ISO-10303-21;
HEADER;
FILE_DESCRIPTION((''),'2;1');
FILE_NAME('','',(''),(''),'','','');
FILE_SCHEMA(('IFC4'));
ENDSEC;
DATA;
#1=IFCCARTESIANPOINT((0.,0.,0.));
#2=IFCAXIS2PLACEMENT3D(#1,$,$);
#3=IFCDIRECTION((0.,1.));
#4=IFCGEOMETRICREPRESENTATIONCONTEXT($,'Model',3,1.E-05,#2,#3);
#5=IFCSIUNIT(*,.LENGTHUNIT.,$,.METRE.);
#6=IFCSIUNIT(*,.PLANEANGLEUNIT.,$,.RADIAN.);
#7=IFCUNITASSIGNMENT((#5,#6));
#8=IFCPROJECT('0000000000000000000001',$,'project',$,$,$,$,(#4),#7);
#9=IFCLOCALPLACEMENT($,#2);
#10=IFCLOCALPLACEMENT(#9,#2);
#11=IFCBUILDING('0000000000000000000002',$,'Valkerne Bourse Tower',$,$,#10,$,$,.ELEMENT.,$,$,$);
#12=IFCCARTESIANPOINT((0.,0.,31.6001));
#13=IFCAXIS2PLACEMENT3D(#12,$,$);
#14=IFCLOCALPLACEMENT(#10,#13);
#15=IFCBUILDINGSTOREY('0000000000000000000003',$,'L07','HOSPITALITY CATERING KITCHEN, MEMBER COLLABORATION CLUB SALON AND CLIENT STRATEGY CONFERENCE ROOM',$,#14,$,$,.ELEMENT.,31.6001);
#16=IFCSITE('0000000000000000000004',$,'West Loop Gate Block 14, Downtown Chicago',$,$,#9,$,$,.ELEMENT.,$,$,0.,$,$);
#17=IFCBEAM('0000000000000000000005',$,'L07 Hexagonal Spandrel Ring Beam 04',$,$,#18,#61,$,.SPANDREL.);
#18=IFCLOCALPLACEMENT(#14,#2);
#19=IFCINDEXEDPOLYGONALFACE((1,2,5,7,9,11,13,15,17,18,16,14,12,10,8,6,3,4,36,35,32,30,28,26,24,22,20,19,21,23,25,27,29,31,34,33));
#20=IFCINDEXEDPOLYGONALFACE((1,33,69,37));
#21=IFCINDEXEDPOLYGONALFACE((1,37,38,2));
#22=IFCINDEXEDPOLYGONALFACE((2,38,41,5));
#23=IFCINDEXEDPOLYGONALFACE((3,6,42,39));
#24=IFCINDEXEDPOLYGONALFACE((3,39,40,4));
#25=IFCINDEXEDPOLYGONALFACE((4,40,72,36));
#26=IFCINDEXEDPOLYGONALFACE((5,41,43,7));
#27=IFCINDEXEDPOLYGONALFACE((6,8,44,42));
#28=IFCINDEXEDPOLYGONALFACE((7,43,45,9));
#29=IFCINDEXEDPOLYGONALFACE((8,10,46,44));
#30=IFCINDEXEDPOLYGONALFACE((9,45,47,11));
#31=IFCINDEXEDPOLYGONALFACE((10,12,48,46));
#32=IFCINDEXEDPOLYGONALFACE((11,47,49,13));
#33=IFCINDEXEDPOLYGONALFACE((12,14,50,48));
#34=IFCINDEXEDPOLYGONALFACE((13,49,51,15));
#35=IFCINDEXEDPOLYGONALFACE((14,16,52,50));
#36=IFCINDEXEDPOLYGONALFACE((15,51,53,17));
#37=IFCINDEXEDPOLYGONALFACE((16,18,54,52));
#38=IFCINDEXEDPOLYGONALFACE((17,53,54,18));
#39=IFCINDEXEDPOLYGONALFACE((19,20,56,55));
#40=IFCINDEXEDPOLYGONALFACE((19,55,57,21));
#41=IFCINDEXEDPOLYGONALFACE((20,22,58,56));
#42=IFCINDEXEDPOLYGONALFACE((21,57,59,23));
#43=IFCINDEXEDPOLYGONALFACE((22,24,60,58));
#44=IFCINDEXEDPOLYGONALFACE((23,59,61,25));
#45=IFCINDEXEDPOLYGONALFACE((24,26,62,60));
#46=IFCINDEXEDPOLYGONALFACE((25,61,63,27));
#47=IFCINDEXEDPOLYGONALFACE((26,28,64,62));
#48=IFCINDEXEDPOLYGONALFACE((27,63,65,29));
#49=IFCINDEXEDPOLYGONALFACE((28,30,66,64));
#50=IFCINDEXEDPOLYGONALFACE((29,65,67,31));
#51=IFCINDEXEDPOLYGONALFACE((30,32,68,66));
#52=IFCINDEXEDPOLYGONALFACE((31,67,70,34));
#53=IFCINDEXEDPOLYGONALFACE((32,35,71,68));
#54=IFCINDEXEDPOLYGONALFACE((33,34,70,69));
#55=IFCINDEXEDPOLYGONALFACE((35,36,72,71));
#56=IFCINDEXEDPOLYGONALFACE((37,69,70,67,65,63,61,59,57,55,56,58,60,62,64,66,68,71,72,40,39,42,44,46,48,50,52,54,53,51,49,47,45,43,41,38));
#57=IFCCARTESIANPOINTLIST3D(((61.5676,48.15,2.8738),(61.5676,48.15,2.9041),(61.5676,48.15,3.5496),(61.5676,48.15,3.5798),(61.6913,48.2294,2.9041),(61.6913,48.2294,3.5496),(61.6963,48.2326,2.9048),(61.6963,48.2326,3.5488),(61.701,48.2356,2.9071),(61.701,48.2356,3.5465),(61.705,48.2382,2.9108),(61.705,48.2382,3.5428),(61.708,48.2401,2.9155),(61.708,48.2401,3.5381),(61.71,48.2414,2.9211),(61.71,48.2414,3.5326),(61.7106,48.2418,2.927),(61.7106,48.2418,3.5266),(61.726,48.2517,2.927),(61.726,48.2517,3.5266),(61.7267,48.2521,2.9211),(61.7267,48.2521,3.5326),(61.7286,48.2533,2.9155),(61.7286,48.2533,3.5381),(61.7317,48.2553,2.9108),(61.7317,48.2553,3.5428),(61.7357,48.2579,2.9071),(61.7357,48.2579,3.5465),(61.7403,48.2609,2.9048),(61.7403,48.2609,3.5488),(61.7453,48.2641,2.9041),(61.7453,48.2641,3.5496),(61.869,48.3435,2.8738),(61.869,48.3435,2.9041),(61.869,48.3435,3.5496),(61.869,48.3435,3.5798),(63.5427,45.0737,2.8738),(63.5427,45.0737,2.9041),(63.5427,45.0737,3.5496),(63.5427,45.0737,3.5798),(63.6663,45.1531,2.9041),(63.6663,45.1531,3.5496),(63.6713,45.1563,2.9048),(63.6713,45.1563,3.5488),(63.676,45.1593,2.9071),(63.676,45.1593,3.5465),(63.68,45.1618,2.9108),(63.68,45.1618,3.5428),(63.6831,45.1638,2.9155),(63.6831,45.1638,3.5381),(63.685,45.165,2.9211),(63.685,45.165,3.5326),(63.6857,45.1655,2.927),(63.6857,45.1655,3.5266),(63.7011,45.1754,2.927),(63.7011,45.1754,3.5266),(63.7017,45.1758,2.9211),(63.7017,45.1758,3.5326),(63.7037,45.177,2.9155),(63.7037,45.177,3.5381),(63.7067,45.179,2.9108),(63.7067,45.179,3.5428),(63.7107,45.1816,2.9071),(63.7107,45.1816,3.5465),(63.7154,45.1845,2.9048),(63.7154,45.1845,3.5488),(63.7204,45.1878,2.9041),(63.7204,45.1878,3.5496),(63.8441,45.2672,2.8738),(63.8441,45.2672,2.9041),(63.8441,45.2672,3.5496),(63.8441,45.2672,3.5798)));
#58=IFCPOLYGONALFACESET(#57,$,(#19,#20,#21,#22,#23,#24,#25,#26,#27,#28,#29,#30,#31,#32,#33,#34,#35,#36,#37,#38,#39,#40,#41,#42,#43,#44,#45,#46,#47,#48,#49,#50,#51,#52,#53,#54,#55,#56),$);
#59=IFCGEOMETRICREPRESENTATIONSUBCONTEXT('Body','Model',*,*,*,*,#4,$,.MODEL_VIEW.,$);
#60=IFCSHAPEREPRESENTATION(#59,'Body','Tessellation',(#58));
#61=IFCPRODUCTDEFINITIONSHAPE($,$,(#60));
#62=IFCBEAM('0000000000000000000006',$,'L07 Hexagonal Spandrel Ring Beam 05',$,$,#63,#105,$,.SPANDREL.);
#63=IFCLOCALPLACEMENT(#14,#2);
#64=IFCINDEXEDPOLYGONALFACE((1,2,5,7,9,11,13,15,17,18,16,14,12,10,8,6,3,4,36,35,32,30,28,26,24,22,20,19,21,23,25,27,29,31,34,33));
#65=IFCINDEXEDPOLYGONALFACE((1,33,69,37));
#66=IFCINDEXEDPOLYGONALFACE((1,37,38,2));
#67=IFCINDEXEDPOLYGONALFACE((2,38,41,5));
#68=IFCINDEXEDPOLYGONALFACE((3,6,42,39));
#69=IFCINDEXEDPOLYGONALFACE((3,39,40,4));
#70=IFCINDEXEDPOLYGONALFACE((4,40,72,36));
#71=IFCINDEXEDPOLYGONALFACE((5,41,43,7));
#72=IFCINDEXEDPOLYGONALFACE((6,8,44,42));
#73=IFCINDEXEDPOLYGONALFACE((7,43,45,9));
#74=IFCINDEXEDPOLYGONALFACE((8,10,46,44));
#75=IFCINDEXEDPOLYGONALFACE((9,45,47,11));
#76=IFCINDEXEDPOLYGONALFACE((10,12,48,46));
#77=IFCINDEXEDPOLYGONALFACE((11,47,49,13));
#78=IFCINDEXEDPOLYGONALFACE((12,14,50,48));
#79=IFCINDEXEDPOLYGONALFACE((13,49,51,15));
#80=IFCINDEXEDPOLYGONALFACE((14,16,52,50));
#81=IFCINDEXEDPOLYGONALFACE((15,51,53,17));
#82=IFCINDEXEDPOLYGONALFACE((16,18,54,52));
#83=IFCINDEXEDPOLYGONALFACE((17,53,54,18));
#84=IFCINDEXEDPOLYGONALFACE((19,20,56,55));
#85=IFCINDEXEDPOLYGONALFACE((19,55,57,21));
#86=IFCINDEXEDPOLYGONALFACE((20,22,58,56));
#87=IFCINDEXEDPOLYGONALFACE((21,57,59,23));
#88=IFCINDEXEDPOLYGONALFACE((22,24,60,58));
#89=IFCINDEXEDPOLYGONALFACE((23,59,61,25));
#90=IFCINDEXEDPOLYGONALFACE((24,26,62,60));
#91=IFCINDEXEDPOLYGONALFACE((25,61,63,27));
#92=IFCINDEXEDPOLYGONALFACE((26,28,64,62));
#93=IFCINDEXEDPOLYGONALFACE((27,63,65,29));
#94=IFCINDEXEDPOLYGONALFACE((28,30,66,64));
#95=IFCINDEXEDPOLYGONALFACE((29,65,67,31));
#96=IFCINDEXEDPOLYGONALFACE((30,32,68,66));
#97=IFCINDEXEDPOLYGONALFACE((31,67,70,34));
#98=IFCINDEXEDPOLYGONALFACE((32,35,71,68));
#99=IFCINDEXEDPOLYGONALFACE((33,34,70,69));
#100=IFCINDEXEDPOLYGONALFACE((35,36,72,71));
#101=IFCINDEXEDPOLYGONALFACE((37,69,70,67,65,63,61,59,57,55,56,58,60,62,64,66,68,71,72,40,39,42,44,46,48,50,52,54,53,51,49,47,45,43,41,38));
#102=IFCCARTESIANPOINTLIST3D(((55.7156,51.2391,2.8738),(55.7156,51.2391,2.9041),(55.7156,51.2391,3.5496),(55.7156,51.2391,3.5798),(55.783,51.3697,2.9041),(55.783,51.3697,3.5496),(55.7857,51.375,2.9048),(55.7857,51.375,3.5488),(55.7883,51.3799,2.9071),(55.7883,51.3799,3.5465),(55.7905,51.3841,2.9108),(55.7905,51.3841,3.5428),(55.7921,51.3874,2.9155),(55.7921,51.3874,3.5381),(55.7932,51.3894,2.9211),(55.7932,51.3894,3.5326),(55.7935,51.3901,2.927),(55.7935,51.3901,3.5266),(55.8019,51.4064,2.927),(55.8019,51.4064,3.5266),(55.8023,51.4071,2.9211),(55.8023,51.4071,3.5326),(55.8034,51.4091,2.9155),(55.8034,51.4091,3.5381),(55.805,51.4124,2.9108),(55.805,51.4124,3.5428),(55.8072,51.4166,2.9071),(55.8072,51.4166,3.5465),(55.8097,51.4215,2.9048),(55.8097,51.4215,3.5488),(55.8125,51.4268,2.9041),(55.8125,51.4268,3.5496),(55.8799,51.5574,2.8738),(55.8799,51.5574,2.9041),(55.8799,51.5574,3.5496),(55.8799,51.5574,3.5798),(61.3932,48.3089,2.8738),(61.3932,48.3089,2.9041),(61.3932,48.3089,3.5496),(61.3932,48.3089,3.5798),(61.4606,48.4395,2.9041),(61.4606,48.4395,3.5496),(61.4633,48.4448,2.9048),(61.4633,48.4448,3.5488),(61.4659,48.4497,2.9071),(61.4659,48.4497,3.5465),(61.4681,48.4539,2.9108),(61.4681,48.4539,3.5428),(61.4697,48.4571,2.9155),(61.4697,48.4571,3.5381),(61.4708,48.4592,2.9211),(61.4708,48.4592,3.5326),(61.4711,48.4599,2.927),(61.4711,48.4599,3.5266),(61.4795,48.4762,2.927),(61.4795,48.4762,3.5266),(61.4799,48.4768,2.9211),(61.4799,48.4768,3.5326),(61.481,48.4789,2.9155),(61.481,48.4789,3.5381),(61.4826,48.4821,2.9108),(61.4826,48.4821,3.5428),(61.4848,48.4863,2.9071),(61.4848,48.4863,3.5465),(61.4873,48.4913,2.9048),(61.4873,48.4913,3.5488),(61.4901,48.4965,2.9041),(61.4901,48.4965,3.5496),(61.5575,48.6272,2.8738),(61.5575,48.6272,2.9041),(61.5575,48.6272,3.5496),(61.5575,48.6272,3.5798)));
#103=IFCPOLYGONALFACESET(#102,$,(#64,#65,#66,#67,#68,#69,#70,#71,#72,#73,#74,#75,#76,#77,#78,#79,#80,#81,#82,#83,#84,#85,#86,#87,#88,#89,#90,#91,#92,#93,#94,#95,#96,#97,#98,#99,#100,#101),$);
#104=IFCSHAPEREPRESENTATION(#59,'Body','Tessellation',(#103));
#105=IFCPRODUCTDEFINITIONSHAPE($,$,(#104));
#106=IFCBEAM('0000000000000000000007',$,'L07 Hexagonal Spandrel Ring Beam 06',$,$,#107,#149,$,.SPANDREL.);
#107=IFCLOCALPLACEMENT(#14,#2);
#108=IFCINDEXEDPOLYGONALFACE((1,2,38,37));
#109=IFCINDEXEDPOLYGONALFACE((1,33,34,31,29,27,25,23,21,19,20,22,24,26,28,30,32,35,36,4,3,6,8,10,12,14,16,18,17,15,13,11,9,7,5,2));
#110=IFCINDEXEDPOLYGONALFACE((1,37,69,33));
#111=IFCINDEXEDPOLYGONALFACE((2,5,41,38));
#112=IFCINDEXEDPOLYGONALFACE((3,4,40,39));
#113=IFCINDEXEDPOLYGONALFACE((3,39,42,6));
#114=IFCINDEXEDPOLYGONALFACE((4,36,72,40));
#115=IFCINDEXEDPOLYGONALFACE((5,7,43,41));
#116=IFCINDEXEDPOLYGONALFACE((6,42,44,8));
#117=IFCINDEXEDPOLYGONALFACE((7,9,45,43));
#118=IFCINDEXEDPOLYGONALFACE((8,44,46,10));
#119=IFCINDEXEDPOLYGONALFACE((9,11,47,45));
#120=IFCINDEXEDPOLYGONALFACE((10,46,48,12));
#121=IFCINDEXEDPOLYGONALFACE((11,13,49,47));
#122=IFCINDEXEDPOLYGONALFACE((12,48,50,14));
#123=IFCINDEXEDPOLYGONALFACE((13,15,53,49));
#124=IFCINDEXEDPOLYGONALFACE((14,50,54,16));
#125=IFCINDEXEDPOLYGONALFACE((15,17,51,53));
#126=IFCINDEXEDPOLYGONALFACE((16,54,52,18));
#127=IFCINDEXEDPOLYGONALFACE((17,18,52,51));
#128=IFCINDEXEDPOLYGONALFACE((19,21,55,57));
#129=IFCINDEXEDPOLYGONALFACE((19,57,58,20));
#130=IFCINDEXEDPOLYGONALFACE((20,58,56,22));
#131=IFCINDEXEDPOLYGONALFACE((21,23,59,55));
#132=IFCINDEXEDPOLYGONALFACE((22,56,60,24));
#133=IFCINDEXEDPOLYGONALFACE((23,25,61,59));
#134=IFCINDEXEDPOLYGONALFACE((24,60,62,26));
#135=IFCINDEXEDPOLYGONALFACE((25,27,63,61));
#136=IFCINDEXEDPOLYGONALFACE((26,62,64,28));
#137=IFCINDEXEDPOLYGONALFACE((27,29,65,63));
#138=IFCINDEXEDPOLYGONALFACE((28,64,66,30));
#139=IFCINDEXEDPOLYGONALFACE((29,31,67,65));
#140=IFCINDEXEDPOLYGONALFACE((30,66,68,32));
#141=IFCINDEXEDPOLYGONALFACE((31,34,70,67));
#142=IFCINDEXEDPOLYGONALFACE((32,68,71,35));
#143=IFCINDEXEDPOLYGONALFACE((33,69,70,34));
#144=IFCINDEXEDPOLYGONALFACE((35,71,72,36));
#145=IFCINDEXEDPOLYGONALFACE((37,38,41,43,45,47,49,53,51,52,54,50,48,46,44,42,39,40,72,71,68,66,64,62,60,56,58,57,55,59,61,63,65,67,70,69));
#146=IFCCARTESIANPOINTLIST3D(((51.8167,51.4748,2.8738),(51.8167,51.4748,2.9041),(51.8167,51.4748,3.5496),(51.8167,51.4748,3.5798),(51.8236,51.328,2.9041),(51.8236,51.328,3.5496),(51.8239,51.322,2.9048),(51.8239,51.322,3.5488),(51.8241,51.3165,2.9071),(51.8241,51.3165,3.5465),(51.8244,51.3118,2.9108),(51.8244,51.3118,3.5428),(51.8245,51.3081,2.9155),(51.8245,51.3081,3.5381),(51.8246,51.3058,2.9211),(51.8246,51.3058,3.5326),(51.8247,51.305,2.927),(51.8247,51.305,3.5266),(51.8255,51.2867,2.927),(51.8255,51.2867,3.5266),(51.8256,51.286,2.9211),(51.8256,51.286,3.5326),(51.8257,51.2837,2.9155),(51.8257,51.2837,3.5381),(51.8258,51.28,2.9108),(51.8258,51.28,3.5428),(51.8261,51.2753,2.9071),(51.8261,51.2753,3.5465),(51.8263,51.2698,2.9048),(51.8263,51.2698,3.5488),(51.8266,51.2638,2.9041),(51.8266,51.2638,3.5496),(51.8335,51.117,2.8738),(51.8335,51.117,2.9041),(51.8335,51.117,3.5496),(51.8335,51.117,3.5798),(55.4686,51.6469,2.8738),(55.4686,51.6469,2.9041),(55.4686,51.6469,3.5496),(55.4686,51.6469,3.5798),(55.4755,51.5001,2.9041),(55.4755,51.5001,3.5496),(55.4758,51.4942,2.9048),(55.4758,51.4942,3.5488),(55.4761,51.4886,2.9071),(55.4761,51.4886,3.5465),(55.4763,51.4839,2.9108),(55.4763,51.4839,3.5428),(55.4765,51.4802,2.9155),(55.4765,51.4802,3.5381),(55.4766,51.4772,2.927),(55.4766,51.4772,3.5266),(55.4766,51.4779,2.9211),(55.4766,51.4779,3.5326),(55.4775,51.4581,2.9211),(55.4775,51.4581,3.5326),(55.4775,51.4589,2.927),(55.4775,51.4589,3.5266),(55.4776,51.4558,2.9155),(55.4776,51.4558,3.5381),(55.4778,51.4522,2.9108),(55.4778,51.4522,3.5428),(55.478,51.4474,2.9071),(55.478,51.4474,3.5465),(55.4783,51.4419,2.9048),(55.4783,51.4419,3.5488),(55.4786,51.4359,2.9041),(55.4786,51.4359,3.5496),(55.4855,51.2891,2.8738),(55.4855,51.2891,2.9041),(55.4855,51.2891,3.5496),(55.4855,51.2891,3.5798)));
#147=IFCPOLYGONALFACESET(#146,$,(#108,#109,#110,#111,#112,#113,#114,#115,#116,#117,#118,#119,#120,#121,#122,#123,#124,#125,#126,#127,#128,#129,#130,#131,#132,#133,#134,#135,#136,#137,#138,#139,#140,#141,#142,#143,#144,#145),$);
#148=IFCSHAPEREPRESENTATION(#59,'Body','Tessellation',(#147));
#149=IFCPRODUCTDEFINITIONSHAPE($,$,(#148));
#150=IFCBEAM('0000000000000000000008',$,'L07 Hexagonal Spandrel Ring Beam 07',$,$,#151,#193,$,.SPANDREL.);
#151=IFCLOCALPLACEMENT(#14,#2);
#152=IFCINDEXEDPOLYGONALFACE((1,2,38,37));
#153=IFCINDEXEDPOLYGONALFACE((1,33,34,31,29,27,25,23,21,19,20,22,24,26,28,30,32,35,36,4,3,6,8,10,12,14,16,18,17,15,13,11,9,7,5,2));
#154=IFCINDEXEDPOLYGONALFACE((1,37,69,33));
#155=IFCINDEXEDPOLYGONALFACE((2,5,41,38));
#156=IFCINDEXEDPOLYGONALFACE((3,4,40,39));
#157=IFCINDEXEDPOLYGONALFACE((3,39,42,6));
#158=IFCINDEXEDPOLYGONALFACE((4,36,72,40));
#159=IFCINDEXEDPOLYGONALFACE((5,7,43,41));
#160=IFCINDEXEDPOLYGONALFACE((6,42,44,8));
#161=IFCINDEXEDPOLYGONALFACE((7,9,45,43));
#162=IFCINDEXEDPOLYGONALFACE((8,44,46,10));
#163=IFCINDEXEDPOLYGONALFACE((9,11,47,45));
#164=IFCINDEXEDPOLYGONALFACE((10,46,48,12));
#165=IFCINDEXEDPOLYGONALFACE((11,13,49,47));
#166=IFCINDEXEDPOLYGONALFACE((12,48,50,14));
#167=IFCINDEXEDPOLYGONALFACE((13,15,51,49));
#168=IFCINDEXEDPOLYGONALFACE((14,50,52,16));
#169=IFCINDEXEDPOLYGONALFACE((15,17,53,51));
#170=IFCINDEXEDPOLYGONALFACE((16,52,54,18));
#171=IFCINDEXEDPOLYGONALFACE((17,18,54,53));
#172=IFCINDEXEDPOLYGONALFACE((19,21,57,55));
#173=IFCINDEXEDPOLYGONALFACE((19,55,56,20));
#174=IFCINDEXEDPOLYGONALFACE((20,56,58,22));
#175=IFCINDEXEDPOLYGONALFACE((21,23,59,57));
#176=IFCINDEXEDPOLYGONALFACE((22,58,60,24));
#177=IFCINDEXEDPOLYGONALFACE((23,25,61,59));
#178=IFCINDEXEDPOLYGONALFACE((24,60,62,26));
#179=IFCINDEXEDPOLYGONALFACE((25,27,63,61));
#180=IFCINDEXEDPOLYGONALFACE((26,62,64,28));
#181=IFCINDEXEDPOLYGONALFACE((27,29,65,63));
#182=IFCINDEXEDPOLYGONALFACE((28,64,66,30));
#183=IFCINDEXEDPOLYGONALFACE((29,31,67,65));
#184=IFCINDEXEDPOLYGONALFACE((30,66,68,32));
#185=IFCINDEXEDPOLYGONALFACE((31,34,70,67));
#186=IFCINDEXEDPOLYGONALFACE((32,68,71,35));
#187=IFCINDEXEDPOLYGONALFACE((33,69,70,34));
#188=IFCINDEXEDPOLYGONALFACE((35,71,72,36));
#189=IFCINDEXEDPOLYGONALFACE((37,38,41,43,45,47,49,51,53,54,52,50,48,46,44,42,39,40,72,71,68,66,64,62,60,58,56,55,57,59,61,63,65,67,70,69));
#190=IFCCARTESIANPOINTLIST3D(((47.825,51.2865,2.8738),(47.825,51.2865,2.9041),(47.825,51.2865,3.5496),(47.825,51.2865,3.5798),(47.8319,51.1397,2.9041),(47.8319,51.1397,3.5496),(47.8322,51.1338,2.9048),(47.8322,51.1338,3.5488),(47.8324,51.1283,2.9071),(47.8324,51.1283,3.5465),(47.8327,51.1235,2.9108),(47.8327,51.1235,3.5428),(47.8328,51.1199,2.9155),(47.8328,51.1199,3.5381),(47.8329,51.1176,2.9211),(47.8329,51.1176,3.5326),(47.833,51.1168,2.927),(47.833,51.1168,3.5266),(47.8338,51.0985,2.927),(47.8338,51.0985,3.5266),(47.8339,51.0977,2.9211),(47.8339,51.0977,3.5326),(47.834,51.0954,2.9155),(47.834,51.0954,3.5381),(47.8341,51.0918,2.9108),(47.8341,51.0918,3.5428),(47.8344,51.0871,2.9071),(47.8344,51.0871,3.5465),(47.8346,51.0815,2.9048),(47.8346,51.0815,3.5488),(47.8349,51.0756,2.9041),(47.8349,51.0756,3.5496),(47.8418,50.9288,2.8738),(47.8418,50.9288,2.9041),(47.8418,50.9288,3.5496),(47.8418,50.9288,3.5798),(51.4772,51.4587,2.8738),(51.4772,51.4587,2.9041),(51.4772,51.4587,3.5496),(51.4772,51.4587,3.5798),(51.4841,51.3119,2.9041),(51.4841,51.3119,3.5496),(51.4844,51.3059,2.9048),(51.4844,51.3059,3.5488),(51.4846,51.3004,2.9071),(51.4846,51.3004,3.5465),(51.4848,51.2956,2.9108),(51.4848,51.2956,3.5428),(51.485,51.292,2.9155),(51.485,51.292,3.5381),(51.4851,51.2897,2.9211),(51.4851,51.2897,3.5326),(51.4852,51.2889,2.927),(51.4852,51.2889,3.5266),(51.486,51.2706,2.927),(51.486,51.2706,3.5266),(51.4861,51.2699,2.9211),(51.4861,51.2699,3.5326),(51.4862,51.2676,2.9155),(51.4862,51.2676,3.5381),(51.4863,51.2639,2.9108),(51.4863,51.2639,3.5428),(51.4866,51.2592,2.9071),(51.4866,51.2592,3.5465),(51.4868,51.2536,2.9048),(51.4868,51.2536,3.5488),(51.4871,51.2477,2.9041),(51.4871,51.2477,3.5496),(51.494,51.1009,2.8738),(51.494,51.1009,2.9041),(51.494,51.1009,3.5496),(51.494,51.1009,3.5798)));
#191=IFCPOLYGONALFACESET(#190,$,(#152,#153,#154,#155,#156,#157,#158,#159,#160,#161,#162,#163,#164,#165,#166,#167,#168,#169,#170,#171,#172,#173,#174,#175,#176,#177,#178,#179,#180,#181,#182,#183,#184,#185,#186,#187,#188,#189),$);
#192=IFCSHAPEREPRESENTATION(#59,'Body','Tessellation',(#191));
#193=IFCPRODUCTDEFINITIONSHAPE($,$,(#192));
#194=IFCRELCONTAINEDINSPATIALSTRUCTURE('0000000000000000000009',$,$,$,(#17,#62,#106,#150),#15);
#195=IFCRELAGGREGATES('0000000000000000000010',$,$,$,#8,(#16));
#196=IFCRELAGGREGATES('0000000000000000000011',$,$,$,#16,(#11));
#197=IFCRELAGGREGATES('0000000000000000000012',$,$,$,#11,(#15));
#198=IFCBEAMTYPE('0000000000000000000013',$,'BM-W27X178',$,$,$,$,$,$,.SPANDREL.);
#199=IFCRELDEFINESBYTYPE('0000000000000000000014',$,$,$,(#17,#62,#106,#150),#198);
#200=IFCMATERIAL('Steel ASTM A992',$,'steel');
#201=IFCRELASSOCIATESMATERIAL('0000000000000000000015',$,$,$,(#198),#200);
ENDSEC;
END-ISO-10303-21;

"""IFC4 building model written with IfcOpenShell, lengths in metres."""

from ifc_helpers import new_model, si_unit, direction, frame, origin, origin_2d, place, context, subcontext, project, spatial, i_section, extrude, material, material_profile, profile_set, type_object, element, save


model = new_model("IFC4")

# Units and contexts
model_context = context("Model", 3, precision=1e-05, world=origin(), true_north=direction((0.0, 1.0)))
body_context = subcontext(model_context, "Body", "Model", "MODEL_VIEW")
ifc_project = project(units=[si_unit("LENGTHUNIT", "METRE"), si_unit("PLANEANGLEUNIT", "RADIAN")], contexts=[model_context])

# Site, building, storey
site_placement = place(None, origin())
site = spatial("IfcSite", under=ifc_project, at=site_placement, Name="West Loop Gate Block 14, Downtown Chicago", CompositionType="ELEMENT", RefElevation=0.0)
building_placement = place(site_placement, origin())
building = spatial("IfcBuilding", under=site, at=building_placement, Name="Valkerne Bourse Tower", CompositionType="ELEMENT")
storey_placement = place(building_placement, frame((0.0, 0.0, 31.6001)))
storey = spatial("IfcBuildingStorey", under=building, at=storey_placement, Name="L07", Description="HOSPITALITY CATERING KITCHEN, MEMBER COLLABORATION CLUB SALON AND CLIENT STRATEGY CONFERENCE ROOM", CompositionType="ELEMENT", Elevation=31.6001)

# Beams
ifc_material_1 = material(Name="Steel ASTM A992", Category="steel")
ifc_material_profile_1 = material_profile(ifc_material_1, i_section(OverallWidth=0.3582, OverallDepth=0.7061, WebThickness=0.0183, FlangeThickness=0.0303, FilletRadius=0.0229, at=origin_2d()), Name="W27X178")
ifc_profile_set_1 = profile_set([ifc_material_profile_1], Name="Steel ASTM A992")
beam_type = type_object("IfcBeamType", Name="BM-W27X178", PredefinedType="SPANDREL", material=ifc_profile_set_1)
beam_1_placement = place(storey_placement, frame((63.6934, 45.1704, 3.2268), z_axis=(-0.540255, 0.841502, 0.0), x_axis=(-0.841502, -0.540255, 0.0)))
element("IfcBeam", 1, at=beam_1_placement, inside=storey, type_object=beam_type, Name="L07 Hexagonal Spandrel Ring Beam 04", PredefinedType="SPANDREL", context=body_context, shape_type="SweptSolid", body=[
    extrude(i_section(OverallWidth=0.3582, OverallDepth=0.7061, WebThickness=0.0183, FlangeThickness=0.0303, FilletRadius=0.0229, at=origin_2d()), origin(), (0.0, 0.0, 1.0), 3.6558),
])
beam_2_placement = place(storey_placement, frame((61.4753, 48.468, 3.2268), z_axis=(-0.88863, 0.458625, 0.0), x_axis=(-0.458625, -0.88863, 0.0)))
element("IfcBeam", 2, at=beam_2_placement, inside=storey, type_object=beam_type, Name="L07 Hexagonal Spandrel Ring Beam 05", PredefinedType="SPANDREL", context=body_context, shape_type="SweptSolid", body=[
    extrude(i_section(OverallWidth=0.3582, OverallDepth=0.7061, WebThickness=0.0183, FlangeThickness=0.0303, FilletRadius=0.0229, at=origin_2d()), origin(), (0.0, 0.0, 1.0), 6.3892),
])
beam_3_placement = place(storey_placement, frame((55.4771, 51.468, 3.2268), z_axis=(-0.998891, -0.04708, 0.0), x_axis=(0.04708, -0.998891, 0.0)))
element("IfcBeam", 3, at=beam_3_placement, inside=storey, type_object=beam_type, Name="L07 Hexagonal Spandrel Ring Beam 06", PredefinedType="SPANDREL", context=body_context, shape_type="SweptSolid", body=[
    extrude(i_section(OverallWidth=0.3582, OverallDepth=0.7061, WebThickness=0.0183, FlangeThickness=0.0303, FilletRadius=0.0229, at=origin_2d()), origin(), (0.0, 0.0, 1.0), 3.656),
])
beam_4_placement = place(storey_placement, frame((51.4856, 51.2798, 3.2268), z_axis=(-0.998891, -0.047077, 0.0), x_axis=(0.047077, -0.998891, 0.0)))
element("IfcBeam", 4, at=beam_4_placement, inside=storey, type_object=beam_type, Name="L07 Hexagonal Spandrel Ring Beam 07", PredefinedType="SPANDREL", context=body_context, shape_type="SweptSolid", body=[
    extrude(i_section(OverallWidth=0.3582, OverallDepth=0.7061, WebThickness=0.0183, FlangeThickness=0.0303, FilletRadius=0.0229, at=origin_2d()), origin(), (0.0, 0.0, 1.0), 3.6562),
])

save(model, "model.ifc")
